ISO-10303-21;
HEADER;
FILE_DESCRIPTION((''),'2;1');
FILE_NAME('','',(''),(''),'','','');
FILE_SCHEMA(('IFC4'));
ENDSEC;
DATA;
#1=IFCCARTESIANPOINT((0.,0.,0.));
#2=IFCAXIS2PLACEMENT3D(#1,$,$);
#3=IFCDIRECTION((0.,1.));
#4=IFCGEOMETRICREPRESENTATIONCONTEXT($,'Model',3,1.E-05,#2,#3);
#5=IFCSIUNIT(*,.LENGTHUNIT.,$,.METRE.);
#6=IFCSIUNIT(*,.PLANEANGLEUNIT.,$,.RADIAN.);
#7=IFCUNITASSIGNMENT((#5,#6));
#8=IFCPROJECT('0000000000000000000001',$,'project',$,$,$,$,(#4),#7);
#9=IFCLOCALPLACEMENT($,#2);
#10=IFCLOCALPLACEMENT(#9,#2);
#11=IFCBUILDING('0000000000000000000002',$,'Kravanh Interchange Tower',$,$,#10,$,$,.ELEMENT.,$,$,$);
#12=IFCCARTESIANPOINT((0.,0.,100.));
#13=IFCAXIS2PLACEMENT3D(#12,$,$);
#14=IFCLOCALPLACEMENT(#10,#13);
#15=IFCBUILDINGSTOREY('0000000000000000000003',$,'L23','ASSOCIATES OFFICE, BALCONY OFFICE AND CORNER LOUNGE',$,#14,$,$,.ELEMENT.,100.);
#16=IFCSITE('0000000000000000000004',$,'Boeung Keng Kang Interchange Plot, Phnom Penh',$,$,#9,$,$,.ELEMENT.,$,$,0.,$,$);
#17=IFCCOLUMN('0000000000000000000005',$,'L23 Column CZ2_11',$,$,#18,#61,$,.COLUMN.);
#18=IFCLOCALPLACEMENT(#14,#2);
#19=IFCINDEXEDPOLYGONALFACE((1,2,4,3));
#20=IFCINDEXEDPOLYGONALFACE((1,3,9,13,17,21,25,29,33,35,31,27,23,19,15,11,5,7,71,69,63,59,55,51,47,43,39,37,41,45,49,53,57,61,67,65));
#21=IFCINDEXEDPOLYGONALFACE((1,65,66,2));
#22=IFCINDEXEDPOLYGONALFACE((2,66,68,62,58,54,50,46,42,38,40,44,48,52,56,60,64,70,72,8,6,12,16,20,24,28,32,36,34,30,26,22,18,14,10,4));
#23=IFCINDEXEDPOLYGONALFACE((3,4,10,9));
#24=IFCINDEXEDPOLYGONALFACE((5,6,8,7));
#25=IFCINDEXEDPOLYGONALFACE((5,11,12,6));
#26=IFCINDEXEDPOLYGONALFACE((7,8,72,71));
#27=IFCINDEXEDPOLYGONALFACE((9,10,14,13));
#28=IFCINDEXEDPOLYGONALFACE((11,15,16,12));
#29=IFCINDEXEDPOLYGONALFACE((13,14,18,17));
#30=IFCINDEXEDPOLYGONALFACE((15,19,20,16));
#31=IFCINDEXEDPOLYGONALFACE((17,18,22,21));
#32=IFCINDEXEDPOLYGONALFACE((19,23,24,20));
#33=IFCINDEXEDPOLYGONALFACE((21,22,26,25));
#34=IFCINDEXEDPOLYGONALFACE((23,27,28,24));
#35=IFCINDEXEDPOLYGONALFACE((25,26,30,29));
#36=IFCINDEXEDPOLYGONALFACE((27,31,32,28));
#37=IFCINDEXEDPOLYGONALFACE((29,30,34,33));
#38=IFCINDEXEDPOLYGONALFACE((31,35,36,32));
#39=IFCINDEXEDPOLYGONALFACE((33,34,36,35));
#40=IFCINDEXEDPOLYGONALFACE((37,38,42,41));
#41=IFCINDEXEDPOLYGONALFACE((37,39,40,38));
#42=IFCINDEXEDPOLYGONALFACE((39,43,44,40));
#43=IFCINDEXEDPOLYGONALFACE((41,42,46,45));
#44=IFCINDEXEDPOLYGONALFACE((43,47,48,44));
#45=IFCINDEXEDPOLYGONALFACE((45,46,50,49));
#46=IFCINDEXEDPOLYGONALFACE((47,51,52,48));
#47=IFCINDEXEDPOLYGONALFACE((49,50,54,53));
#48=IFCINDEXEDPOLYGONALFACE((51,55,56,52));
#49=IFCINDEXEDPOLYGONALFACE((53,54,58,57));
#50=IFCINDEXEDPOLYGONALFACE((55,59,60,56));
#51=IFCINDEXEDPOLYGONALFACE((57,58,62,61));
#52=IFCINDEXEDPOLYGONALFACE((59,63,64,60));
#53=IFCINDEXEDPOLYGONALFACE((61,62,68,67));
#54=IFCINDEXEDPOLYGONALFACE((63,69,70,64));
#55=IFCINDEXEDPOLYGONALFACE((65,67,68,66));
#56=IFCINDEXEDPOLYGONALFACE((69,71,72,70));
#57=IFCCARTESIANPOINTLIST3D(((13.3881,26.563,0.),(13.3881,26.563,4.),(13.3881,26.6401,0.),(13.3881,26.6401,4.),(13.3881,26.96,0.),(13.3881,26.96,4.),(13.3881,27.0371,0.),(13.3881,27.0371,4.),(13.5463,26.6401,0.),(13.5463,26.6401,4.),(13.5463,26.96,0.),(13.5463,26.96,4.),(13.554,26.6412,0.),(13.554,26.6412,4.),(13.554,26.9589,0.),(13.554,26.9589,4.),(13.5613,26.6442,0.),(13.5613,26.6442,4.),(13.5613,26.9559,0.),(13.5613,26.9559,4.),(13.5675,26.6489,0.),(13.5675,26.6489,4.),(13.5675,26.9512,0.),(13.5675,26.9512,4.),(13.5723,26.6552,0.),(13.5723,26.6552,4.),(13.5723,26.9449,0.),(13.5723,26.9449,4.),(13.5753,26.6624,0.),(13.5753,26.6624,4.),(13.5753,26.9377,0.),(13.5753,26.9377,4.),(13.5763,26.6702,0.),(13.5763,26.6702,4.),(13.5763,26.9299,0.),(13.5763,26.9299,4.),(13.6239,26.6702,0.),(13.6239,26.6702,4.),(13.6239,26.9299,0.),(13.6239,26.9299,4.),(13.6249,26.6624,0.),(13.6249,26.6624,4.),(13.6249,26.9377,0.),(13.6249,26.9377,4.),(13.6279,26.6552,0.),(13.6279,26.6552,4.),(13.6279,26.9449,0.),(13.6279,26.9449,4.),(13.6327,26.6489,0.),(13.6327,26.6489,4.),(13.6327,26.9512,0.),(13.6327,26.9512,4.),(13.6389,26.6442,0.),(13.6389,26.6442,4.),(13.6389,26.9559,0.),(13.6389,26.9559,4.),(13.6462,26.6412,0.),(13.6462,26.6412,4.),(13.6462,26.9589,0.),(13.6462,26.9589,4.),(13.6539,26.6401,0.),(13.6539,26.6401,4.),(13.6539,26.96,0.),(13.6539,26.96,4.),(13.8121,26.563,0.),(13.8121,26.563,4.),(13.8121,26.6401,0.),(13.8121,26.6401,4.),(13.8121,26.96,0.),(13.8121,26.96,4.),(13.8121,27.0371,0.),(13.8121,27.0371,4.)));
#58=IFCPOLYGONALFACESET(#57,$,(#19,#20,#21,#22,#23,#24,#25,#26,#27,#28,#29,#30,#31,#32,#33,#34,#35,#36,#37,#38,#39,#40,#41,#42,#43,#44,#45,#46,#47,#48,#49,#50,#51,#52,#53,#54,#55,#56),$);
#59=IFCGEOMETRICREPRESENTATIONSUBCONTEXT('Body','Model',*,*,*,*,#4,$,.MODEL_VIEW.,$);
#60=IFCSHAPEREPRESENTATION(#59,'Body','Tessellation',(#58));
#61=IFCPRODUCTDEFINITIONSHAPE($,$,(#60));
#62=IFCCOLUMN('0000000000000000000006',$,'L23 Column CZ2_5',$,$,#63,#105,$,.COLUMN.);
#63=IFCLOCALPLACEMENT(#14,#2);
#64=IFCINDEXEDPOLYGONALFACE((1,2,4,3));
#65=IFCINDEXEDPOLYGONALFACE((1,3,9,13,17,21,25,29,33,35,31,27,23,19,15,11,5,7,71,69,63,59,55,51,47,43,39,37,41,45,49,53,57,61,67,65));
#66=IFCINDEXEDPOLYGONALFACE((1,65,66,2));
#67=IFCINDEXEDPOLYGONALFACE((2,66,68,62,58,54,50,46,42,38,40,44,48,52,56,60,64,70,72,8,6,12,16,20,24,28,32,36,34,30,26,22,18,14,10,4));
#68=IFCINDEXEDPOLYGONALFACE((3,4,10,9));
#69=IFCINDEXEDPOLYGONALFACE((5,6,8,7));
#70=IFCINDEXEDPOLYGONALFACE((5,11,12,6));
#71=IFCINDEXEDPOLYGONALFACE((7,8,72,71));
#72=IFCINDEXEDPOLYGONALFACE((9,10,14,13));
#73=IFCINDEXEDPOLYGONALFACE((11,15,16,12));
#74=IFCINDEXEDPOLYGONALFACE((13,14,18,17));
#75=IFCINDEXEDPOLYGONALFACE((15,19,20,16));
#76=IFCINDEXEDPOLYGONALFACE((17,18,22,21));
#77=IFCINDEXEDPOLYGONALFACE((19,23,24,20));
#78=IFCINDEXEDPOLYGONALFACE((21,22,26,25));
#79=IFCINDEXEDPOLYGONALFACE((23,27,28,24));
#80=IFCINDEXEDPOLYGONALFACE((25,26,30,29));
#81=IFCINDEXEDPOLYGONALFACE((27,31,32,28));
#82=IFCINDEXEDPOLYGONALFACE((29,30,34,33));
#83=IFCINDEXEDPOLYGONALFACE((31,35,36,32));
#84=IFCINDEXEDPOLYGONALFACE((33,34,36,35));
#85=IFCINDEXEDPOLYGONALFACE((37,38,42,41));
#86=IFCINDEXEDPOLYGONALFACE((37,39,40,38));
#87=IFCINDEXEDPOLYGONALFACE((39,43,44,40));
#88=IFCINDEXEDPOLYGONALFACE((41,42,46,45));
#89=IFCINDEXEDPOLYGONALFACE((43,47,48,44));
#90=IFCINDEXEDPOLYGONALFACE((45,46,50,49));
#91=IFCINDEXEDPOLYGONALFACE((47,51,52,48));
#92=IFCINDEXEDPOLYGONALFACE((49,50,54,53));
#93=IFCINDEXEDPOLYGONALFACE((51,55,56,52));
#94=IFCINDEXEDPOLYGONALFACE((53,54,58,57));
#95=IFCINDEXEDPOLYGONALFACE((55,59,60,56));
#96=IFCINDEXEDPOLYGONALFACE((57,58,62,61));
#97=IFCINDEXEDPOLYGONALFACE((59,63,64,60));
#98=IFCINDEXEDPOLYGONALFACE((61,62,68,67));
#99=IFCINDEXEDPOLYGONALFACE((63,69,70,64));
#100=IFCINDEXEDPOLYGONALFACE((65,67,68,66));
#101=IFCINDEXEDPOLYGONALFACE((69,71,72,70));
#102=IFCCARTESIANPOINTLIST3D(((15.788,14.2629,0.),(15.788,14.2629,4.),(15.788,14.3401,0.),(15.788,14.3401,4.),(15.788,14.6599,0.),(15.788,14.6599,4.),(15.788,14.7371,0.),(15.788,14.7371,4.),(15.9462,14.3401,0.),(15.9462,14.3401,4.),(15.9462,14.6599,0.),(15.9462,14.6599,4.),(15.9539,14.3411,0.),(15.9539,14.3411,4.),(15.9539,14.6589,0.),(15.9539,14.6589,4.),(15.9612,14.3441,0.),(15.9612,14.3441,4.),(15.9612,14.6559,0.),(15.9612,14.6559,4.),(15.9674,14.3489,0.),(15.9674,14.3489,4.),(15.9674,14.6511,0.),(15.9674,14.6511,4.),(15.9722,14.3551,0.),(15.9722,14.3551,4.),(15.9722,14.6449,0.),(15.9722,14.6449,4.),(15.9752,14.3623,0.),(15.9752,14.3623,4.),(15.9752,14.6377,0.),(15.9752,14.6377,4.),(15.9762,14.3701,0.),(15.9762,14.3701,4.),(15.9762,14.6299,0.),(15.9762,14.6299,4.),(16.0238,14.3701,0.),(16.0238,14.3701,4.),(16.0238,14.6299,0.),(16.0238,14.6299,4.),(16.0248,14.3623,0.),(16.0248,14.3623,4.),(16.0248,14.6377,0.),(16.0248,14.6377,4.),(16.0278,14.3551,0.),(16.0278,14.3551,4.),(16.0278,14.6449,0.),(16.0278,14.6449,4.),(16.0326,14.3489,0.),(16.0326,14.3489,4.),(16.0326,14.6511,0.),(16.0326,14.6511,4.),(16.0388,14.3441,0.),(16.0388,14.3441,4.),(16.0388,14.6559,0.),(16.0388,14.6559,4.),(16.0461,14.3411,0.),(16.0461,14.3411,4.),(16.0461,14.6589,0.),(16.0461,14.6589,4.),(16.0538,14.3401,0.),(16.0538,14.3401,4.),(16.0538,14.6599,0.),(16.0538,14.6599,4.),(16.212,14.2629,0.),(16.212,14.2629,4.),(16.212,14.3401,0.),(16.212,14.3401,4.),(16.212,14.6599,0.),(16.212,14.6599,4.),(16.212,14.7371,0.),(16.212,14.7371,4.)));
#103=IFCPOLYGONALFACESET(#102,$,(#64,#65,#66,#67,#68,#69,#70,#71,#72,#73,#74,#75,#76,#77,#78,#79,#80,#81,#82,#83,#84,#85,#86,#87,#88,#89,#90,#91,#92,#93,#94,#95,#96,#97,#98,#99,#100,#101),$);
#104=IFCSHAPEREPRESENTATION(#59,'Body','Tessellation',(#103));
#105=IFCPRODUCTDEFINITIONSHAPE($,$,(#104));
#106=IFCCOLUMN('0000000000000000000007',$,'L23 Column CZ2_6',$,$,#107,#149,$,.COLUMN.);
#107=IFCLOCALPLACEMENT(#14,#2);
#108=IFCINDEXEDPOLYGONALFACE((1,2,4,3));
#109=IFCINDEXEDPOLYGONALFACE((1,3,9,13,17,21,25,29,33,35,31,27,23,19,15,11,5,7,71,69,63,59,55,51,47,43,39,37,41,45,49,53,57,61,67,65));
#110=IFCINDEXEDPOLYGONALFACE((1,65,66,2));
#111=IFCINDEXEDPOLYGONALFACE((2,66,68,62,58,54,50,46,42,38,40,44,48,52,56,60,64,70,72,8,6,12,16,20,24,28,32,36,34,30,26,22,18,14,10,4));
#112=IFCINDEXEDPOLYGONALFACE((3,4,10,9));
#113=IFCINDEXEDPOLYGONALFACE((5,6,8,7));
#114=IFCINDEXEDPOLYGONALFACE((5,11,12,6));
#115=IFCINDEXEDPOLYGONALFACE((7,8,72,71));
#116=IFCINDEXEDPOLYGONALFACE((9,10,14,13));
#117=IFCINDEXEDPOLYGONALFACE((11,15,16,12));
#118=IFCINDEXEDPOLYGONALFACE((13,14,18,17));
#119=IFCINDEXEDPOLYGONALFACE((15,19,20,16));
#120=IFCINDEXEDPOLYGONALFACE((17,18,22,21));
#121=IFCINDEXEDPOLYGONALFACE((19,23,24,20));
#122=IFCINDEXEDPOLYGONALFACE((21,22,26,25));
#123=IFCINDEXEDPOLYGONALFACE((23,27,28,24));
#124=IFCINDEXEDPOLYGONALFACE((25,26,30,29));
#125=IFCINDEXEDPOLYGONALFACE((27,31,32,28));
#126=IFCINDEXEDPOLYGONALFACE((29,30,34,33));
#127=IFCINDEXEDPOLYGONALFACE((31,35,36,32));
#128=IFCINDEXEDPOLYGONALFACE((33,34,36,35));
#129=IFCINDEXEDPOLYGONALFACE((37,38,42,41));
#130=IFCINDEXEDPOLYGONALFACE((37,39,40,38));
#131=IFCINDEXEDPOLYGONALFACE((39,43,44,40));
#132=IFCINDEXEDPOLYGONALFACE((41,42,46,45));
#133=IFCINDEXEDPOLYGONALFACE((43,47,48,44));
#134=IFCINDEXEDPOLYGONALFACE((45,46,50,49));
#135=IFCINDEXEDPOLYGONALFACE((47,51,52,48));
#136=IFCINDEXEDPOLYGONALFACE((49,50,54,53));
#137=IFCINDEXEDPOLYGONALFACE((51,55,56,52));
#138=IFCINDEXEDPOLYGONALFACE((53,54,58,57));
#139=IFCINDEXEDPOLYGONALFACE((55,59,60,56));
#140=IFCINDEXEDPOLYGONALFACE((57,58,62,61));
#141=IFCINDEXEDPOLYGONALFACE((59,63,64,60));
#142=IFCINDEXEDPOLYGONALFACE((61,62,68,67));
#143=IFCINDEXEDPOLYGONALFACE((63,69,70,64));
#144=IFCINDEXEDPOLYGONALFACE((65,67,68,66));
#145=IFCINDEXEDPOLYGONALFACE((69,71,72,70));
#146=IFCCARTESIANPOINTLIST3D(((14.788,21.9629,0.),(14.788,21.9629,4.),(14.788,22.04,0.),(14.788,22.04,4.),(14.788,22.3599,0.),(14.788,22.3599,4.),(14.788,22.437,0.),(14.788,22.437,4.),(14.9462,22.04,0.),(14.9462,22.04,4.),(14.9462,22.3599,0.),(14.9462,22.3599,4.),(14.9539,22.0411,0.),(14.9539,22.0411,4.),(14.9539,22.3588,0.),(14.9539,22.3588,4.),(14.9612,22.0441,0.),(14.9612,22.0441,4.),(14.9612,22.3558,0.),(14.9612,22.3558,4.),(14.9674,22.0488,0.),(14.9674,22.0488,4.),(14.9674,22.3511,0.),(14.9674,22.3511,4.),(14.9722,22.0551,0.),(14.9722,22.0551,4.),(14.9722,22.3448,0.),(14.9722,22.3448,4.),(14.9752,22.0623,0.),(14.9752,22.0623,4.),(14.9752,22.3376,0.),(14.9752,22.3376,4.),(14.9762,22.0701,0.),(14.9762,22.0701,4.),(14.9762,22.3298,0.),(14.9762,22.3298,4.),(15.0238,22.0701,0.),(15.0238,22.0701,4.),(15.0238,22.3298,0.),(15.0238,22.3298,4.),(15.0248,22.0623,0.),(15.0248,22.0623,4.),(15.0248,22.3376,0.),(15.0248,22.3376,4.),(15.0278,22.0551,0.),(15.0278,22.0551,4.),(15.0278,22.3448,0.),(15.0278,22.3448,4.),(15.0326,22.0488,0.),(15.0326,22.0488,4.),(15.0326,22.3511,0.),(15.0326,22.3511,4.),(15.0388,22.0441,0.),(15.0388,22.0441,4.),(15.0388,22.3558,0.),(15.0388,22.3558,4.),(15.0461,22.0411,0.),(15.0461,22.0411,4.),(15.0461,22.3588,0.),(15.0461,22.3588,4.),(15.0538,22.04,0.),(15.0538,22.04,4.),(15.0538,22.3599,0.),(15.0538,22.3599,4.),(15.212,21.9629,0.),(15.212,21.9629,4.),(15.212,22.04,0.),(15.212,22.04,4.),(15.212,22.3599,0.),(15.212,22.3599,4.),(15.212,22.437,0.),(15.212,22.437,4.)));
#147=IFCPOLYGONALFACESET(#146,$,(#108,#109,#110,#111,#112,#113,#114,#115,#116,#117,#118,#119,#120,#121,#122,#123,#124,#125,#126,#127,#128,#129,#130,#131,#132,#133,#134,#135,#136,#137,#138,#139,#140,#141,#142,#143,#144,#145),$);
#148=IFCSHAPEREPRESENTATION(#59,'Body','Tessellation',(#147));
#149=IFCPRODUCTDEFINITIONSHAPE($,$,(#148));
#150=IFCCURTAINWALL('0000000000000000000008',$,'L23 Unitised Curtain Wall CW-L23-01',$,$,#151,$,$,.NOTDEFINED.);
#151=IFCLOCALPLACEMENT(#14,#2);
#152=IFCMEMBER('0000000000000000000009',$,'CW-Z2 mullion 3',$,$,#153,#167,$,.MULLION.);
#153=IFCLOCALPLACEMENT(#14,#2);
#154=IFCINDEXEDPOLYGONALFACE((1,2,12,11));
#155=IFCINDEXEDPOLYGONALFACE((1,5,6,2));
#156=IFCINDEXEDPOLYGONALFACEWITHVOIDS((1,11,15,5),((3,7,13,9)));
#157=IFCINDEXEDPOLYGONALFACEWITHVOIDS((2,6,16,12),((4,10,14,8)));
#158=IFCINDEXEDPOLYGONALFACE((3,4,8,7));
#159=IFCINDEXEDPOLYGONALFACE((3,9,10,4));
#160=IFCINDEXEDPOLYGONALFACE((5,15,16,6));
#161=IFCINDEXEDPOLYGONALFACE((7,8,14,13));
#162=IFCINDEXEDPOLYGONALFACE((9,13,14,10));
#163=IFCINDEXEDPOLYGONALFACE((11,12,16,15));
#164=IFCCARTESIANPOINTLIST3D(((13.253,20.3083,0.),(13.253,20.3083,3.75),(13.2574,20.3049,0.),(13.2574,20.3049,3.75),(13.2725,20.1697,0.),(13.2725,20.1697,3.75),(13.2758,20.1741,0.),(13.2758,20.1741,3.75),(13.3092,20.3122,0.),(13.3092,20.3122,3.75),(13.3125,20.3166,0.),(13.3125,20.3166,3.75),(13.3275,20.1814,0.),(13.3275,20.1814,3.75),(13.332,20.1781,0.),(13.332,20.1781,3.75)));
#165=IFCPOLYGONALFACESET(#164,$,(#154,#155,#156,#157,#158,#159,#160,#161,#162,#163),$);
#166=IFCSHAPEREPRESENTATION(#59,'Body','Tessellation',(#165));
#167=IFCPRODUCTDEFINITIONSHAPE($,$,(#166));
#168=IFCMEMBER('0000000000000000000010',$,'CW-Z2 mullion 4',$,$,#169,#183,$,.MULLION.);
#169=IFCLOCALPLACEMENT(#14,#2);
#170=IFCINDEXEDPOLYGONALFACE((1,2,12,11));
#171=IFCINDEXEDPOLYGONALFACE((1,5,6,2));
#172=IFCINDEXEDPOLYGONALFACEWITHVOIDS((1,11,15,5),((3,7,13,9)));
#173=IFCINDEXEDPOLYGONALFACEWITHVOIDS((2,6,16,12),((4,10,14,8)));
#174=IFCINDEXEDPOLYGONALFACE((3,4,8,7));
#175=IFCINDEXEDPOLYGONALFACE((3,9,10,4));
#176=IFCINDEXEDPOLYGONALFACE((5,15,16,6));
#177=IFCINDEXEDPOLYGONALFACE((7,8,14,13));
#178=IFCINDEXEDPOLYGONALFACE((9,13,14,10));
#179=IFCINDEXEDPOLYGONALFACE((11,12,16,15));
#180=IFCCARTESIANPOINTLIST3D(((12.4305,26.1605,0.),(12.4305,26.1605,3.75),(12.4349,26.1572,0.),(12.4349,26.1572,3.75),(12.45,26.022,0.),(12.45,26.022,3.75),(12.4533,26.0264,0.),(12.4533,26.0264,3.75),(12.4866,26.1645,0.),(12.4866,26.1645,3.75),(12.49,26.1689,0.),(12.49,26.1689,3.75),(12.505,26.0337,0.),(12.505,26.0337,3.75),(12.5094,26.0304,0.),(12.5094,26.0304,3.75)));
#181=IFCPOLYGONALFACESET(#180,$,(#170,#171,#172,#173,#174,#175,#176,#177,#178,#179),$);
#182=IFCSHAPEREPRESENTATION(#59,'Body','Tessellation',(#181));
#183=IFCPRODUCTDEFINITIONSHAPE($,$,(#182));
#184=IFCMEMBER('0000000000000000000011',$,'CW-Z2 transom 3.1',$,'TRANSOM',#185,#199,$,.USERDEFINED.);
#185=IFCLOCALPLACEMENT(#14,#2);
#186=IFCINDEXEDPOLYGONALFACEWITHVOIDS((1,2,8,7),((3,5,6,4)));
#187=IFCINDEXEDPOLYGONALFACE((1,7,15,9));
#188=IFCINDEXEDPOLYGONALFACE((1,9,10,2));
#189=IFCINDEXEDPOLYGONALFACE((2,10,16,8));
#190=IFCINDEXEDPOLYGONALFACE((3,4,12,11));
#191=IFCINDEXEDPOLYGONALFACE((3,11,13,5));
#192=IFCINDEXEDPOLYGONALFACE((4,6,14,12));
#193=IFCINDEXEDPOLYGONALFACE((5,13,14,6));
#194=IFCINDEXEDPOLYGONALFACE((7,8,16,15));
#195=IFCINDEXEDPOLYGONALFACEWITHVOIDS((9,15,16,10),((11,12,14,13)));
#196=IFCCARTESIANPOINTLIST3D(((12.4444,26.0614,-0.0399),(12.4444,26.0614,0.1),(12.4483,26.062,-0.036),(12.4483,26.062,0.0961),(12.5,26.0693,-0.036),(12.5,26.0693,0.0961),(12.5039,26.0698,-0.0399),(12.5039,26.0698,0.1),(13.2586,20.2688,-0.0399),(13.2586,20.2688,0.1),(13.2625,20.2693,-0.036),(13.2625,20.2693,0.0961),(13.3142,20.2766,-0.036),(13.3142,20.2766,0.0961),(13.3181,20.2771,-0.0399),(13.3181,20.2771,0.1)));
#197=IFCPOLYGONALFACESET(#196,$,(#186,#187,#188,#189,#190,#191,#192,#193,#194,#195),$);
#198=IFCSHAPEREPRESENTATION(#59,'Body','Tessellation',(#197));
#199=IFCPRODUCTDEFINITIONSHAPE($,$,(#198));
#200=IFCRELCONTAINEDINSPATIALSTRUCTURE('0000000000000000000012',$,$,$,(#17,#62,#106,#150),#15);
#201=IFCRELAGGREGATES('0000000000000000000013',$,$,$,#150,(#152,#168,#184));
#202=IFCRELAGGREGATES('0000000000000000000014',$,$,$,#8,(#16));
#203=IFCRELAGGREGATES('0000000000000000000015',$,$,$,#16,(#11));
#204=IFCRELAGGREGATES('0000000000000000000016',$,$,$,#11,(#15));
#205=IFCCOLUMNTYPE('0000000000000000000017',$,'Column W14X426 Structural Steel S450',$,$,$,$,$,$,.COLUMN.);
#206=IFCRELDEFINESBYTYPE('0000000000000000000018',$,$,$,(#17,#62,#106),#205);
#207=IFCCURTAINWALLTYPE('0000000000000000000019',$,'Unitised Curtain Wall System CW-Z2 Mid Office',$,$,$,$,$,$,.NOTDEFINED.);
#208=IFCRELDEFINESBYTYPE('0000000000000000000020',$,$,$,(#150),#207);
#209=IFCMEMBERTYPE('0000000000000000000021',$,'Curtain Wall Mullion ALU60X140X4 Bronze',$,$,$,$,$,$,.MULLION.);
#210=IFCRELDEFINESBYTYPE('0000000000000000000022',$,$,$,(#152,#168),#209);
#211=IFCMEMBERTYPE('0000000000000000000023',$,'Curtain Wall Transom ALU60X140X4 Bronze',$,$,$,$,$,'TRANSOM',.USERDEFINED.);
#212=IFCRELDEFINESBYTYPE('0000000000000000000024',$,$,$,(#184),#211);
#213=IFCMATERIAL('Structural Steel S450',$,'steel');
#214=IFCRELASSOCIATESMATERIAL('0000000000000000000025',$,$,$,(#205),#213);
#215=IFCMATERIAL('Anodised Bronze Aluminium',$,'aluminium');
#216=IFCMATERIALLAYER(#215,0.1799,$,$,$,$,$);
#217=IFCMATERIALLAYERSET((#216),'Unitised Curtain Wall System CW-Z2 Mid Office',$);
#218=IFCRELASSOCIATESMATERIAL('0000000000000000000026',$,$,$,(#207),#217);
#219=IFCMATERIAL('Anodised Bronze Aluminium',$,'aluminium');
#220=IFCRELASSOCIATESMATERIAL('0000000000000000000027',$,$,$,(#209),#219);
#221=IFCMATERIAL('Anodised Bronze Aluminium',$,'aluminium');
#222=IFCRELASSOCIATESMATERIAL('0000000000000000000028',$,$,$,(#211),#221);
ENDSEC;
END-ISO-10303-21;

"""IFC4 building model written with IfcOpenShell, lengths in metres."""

from ifc_helpers import new_model, si_unit, direction, frame, origin, origin_2d, place, context, subcontext, project, spatial, hollow_rectangle, i_section, extrude, material, layer, layer_set, material_profile, profile_set, type_object, element, aggregate, save


model = new_model("IFC4")

# Units and contexts
model_context = context("Model", 3, precision=1e-05, world=origin(), true_north=direction((0.0, 1.0)))
body_context = subcontext(model_context, "Body", "Model", "MODEL_VIEW")
ifc_project = project(units=[si_unit("LENGTHUNIT", "METRE"), si_unit("PLANEANGLEUNIT", "RADIAN")], contexts=[model_context])

# Site, building, storey
site_placement = place(None, origin())
site = spatial("IfcSite", under=ifc_project, at=site_placement, Name="Boeung Keng Kang Interchange Plot, Phnom Penh", CompositionType="ELEMENT", RefElevation=0.0)
building_placement = place(site_placement, origin())
building = spatial("IfcBuilding", under=site, at=building_placement, Name="Kravanh Interchange Tower", CompositionType="ELEMENT")
storey_placement = place(building_placement, frame((0.0, 0.0, 100.0)))
storey = spatial("IfcBuildingStorey", under=building, at=storey_placement, Name="L23", Description="ASSOCIATES OFFICE, BALCONY OFFICE AND CORNER LOUNGE", CompositionType="ELEMENT", Elevation=100.0)

# Columns
ifc_material_1 = material(Name="Structural Steel S450", Category="steel")
ifc_material_profile_1 = material_profile(ifc_material_1, i_section(OverallWidth=0.4241, OverallDepth=0.4741, WebThickness=0.0476, FlangeThickness=0.0771, FilletRadius=0.03, at=origin_2d()), Name="W14X426")
ifc_profile_set_1 = profile_set([ifc_material_profile_1], Name="Structural Steel S450")
column_type = type_object("IfcColumnType", Name="Column W14X426 Structural Steel S450", PredefinedType="COLUMN", material=ifc_profile_set_1)
for number, where, z_axis, x_axis, name in (
    (1, (13.6001, 26.8, 0.0), (0.0, 0.0, 1.0), (1.0, 0.0, 0.0), "L23 Column CZ2_11"),
    (2, (16.0, 14.5, 0.0), (0.0, 0.0, 1.0), (1.0, 0.0, 0.0), "L23 Column CZ2_5"),
    (3, (15.0, 22.2, 0.0), (0.0, 0.0, 1.0), (1.0, 0.0, 0.0), "L23 Column CZ2_6"),
):
    element("IfcColumn", number, at=place(storey_placement, frame(where, z_axis=z_axis, x_axis=x_axis)), inside=storey, type_object=column_type, Name=name, PredefinedType="COLUMN", context=body_context, shape_type="SweptSolid", body=[
        extrude(i_section(OverallWidth=0.4241, OverallDepth=0.4741, WebThickness=0.0476, FlangeThickness=0.0771, FilletRadius=0.03, at=origin_2d()), origin(), (0.0, 0.0, 1.0), 4.0),
    ])

# Curtain wall, members
ifc_material_2 = material(Name="Anodised Bronze Aluminium", Category="aluminium")
ifc_layer_1 = layer(ifc_material_2, 0.1799)
ifc_layer_set_1 = layer_set([ifc_layer_1], Name="Unitised Curtain Wall System CW-Z2 Mid Office")
curtain_wall_type = type_object("IfcCurtainWallType", Name="Unitised Curtain Wall System CW-Z2 Mid Office", PredefinedType="NOTDEFINED", material=ifc_layer_set_1)
curtain_wall_placement = place(storey_placement, origin())
curtain_wall = element("IfcCurtainWall", 4, at=curtain_wall_placement, inside=storey, type_object=curtain_wall_type, Name="L23 Unitised Curtain Wall CW-L23-01", PredefinedType="NOTDEFINED")
ifc_material_3 = material(Name="Anodised Bronze Aluminium", Category="aluminium")
ifc_material_profile_2 = material_profile(ifc_material_3, hollow_rectangle(XDim=0.0601, YDim=0.1399, WallThickness=0.0039, at=origin_2d()), Name="ALU60X140X4")
ifc_profile_set_2 = profile_set([ifc_material_profile_2], Name="Anodised Bronze Aluminium")
member_type_1 = type_object("IfcMemberType", Name="Curtain Wall Mullion ALU60X140X4 Bronze", PredefinedType="MULLION", material=ifc_profile_set_2)
member_1_placement = place(storey_placement, frame((13.2925, 20.2432, 0.0), z_axis=(0.0, 0.0, 1.0), x_axis=(-0.990268, -0.139173, 0.0)))
member_1 = element("IfcMember", 5, at=member_1_placement, type_object=member_type_1, Name="CW-Z2 mullion 3", PredefinedType="MULLION", context=body_context, shape_type="SweptSolid", body=[
    extrude(hollow_rectangle(XDim=0.0601, YDim=0.1399, WallThickness=0.0039, at=origin_2d()), origin(), (0.0, 0.0, 1.0), 3.75),
])
member_2_placement = place(storey_placement, frame((12.47, 26.0955, 0.0), z_axis=(0.0, 0.0, 1.0), x_axis=(-0.990268, -0.139173, 0.0)))
member_2 = element("IfcMember", 6, at=member_2_placement, type_object=member_type_1, Name="CW-Z2 mullion 4", PredefinedType="MULLION", context=body_context, shape_type="SweptSolid", body=[
    extrude(hollow_rectangle(XDim=0.0601, YDim=0.1399, WallThickness=0.0039, at=origin_2d()), origin(), (0.0, 0.0, 1.0), 3.75),
])
ifc_material_4 = material(Name="Anodised Bronze Aluminium", Category="aluminium")
ifc_material_profile_3 = material_profile(ifc_material_4, hollow_rectangle(XDim=0.0601, YDim=0.1399, WallThickness=0.0039, at=origin_2d()), Name="ALU60X140X4")
ifc_profile_set_3 = profile_set([ifc_material_profile_3], Name="Anodised Bronze Aluminium")
member_type_2 = type_object("IfcMemberType", Name="Curtain Wall Transom ALU60X140X4 Bronze", ElementType="TRANSOM", PredefinedType="USERDEFINED", material=ifc_profile_set_3)
member_3_placement = place(storey_placement, frame((13.2883, 20.2729, 0.03), z_axis=(-0.139189, 0.990266, 0.0), x_axis=(-0.990266, -0.139189, 0.0)))
member_3 = element("IfcMember", 7, at=member_3_placement, type_object=member_type_2, Name="CW-Z2 transom 3.1", ObjectType="TRANSOM", PredefinedType="USERDEFINED", context=body_context, shape_type="SweptSolid", body=[
    extrude(hollow_rectangle(XDim=0.0601, YDim=0.1399, WallThickness=0.0039, at=origin_2d()), origin(), (0.0, 0.0, 1.0), 5.8496),
])

aggregate(curtain_wall, [member_1, member_2, member_3])

save(model, "model.ifc")
